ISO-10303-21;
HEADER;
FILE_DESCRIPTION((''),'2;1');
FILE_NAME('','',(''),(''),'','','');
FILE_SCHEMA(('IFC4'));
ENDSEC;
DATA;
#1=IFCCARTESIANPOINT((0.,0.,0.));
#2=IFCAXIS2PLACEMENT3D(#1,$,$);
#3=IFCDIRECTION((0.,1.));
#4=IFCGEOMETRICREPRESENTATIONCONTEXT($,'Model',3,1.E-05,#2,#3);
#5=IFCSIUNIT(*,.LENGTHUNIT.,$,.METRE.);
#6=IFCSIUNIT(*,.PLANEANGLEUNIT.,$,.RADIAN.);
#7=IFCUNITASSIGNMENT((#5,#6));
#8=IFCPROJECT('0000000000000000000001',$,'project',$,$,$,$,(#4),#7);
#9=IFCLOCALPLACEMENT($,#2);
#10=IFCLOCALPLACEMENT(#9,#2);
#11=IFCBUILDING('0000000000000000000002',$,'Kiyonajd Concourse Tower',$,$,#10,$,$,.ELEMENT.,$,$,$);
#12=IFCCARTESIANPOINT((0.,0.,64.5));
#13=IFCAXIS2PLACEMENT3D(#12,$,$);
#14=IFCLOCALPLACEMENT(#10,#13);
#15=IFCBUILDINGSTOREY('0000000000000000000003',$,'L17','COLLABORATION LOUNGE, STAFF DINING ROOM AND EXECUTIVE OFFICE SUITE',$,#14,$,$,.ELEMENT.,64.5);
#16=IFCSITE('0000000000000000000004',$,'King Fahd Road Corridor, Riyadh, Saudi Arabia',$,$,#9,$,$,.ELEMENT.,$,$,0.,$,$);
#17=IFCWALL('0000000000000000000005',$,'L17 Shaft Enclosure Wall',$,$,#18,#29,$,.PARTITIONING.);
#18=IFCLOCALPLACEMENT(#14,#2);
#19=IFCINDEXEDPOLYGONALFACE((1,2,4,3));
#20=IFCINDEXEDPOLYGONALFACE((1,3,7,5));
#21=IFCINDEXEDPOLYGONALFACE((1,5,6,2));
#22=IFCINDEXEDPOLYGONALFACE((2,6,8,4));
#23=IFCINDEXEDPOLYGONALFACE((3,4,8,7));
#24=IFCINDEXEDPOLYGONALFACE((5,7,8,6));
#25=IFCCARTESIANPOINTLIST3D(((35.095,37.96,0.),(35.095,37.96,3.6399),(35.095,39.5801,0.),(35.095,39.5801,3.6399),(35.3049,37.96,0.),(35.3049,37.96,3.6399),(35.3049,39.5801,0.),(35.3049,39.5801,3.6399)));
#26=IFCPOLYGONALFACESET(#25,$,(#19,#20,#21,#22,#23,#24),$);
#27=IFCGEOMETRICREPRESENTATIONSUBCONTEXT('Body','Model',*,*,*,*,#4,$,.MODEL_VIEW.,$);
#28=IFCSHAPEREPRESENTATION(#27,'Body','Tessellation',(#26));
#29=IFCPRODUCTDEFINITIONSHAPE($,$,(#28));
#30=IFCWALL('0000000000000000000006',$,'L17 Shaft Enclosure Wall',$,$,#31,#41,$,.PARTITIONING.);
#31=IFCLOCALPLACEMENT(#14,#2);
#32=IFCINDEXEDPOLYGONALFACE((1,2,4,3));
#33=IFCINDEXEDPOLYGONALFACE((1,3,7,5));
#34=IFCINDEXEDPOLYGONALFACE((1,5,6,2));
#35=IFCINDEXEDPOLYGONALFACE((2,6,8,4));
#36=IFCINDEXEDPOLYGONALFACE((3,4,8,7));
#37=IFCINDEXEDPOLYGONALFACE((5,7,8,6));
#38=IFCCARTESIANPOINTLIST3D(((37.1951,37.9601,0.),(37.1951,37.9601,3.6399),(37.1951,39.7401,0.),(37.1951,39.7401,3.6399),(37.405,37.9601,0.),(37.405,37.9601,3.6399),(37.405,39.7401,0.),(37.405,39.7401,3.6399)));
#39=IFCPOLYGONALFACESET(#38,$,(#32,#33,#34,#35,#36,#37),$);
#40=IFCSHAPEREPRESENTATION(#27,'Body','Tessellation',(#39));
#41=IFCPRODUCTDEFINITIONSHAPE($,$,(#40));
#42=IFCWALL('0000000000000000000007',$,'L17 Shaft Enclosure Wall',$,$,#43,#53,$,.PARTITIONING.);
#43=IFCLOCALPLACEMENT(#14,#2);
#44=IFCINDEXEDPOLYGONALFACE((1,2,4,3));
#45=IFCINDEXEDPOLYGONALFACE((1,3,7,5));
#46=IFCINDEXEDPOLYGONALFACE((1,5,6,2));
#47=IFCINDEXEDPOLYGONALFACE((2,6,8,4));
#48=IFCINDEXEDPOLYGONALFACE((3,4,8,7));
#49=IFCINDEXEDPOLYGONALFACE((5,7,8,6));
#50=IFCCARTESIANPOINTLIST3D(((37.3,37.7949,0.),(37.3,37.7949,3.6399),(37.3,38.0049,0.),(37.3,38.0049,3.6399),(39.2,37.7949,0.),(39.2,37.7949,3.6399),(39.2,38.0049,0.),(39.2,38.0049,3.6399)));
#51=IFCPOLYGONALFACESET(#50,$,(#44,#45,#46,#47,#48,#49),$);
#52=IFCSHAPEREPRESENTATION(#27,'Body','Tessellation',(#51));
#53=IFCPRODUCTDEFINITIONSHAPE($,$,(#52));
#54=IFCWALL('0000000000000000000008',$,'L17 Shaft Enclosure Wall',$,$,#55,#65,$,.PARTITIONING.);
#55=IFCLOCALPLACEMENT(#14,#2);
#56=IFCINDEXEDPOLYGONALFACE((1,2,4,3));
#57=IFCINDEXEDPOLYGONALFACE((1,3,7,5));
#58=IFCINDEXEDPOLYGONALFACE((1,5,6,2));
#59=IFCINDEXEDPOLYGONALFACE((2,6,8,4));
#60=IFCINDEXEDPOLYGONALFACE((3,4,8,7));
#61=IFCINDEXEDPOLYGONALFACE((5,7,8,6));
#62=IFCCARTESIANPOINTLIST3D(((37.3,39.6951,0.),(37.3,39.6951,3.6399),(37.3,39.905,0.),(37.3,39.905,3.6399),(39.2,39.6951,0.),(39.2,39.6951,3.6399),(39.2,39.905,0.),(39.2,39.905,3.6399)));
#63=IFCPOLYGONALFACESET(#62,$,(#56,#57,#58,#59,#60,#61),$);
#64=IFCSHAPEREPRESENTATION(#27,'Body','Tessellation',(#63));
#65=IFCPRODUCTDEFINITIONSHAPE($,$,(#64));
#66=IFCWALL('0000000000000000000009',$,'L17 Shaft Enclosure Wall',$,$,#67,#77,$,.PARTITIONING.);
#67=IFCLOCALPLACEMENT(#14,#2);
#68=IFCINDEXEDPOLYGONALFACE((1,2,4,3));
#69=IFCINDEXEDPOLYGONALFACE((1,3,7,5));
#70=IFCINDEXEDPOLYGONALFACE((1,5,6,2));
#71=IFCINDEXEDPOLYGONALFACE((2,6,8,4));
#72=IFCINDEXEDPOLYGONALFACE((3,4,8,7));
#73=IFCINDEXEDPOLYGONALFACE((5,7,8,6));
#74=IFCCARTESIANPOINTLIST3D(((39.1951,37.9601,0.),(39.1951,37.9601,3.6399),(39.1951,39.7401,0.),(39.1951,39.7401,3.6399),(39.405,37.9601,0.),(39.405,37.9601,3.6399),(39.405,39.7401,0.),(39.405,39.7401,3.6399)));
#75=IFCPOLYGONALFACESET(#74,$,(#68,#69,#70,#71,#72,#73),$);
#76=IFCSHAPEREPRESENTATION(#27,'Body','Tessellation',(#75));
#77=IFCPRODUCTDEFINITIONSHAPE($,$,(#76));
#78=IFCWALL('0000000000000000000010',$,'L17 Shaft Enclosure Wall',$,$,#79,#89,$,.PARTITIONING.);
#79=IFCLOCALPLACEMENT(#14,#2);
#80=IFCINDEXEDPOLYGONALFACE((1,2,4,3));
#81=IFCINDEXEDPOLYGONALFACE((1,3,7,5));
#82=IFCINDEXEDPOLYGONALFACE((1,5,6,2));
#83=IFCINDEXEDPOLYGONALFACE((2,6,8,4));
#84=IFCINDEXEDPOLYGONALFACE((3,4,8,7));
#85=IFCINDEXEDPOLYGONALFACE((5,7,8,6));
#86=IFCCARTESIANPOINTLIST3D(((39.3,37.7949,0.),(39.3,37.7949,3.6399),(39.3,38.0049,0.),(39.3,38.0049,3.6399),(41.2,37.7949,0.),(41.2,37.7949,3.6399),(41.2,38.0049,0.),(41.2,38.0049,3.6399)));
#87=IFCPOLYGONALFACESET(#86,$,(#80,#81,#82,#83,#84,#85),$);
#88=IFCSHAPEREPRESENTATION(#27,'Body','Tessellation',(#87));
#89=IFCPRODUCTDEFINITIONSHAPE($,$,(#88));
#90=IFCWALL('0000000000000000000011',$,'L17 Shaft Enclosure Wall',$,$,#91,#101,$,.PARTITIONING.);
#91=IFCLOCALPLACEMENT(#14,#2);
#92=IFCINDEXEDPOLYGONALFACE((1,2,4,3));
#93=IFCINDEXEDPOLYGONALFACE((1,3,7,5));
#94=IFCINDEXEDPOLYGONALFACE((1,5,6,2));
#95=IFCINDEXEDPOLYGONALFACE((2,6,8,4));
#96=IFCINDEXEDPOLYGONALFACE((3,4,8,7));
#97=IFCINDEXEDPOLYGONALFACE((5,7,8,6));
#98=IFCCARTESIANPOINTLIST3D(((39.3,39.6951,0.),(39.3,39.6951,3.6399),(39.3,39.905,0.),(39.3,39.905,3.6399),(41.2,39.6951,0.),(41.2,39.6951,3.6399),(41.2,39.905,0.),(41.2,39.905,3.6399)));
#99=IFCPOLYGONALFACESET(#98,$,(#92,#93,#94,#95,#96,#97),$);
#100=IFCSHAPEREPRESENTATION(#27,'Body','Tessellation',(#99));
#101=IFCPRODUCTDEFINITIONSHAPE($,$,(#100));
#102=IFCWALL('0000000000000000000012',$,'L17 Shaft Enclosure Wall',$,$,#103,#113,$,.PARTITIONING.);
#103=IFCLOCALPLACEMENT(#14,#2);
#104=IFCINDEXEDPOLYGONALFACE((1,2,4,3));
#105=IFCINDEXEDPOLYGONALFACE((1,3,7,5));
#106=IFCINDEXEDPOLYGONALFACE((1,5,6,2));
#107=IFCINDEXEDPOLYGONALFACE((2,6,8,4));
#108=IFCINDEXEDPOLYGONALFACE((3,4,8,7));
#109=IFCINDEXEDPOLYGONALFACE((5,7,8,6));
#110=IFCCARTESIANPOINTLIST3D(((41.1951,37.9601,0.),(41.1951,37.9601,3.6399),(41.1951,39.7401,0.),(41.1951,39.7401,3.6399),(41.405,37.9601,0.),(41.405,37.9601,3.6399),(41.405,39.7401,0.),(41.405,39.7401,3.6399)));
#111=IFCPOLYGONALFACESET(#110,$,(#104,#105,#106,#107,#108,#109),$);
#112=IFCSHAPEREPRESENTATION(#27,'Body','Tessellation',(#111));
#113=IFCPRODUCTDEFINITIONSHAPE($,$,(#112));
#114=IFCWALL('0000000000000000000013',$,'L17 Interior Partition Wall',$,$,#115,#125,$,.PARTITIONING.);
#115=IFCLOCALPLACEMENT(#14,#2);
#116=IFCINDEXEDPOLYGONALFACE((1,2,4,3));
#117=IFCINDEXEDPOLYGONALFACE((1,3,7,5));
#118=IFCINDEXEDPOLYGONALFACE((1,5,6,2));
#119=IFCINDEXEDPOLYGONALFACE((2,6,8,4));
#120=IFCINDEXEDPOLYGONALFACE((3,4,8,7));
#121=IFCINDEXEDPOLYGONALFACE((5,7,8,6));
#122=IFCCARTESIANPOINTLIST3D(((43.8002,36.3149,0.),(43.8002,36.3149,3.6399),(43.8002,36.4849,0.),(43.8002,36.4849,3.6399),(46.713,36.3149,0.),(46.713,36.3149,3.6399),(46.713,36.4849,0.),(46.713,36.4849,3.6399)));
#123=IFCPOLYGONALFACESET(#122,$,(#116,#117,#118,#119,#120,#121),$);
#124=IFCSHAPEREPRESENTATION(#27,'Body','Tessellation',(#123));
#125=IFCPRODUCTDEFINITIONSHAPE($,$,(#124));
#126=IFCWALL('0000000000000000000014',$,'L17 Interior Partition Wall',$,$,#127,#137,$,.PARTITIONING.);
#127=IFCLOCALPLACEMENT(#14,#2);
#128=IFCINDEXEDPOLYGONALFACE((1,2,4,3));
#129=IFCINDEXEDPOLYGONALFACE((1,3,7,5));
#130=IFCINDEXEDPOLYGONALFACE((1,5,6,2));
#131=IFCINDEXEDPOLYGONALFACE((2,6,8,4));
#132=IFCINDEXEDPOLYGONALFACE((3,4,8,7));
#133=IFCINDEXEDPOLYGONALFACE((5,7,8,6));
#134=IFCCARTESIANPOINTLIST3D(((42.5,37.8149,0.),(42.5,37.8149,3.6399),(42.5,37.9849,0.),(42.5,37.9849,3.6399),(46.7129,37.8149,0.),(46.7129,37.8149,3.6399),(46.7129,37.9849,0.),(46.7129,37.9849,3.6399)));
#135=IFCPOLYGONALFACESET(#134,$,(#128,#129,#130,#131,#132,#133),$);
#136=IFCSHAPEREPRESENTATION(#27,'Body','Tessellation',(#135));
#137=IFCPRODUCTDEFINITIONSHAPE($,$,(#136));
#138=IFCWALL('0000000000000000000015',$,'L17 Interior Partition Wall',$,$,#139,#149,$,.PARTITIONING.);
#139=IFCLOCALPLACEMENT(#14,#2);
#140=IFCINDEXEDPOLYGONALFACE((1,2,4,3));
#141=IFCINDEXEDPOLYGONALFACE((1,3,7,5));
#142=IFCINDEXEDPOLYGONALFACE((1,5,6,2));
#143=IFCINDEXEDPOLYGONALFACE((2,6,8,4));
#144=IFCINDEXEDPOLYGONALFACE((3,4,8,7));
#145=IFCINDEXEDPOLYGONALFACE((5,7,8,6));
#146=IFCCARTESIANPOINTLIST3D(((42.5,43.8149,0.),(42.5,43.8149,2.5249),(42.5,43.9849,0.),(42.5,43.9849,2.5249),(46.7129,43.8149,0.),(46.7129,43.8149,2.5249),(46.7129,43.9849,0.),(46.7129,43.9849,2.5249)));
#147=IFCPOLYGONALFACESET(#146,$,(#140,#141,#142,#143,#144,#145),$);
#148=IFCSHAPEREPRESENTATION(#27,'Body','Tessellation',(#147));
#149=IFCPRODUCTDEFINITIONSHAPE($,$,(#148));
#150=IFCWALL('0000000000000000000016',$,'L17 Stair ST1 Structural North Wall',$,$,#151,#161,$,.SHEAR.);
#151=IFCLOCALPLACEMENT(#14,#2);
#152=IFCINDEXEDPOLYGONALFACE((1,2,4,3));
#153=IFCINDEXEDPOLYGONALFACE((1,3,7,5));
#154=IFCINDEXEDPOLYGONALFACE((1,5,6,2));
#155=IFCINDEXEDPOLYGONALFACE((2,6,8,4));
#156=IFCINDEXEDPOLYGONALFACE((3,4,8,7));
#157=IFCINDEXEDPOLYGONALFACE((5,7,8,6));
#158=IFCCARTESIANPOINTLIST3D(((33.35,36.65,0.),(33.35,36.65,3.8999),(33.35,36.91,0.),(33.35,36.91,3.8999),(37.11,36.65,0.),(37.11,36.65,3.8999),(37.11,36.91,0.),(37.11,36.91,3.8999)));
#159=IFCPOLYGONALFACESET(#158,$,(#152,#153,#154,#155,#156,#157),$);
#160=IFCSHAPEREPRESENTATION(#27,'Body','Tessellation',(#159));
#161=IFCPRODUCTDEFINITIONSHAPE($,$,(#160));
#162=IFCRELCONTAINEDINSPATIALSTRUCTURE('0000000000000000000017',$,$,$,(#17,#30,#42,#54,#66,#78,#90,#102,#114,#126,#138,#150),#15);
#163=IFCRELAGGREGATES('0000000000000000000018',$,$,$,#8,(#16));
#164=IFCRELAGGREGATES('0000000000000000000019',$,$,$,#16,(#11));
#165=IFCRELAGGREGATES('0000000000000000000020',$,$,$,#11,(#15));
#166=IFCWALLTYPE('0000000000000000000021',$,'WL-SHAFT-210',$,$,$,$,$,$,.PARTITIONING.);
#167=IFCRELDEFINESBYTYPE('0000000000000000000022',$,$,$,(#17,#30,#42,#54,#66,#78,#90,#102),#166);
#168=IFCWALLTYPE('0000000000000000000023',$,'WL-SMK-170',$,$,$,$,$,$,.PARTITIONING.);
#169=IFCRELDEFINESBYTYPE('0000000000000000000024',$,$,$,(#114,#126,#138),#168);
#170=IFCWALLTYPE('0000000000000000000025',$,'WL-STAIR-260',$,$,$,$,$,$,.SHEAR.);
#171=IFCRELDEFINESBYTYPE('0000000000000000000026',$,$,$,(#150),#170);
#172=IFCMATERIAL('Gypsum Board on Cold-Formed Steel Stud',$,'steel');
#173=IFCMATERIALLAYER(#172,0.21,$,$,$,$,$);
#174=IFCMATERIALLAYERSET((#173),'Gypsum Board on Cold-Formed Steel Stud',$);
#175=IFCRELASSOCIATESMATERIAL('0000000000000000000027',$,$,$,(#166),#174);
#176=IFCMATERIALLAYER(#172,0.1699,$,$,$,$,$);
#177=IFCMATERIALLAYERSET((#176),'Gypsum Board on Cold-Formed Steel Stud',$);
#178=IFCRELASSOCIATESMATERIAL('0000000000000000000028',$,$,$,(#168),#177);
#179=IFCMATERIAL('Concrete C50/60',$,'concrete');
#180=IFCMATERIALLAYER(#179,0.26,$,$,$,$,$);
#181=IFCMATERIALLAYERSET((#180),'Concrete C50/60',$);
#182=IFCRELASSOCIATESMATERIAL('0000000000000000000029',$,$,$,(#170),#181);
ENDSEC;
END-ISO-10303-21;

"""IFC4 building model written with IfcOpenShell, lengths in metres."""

from ifc_helpers import new_model, si_unit, direction, frame, frame_2d, origin, place, context, subcontext, project, spatial, rectangle, extrude, material, layer, layer_set, type_object, element, save


model = new_model("IFC4")

# Units and contexts
model_context = context("Model", 3, precision=1e-05, world=origin(), true_north=direction((0.0, 1.0)))
body_context = subcontext(model_context, "Body", "Model", "MODEL_VIEW")
ifc_project = project(units=[si_unit("LENGTHUNIT", "METRE"), si_unit("PLANEANGLEUNIT", "RADIAN")], contexts=[model_context])

# Site, building, storey
site_placement = place(None, origin())
site = spatial("IfcSite", under=ifc_project, at=site_placement, Name="King Fahd Road Corridor, Riyadh, Saudi Arabia", CompositionType="ELEMENT", RefElevation=0.0)
building_placement = place(site_placement, origin())
building = spatial("IfcBuilding", under=site, at=building_placement, Name="Kiyonajd Concourse Tower", CompositionType="ELEMENT")
storey_placement = place(building_placement, frame((0.0, 0.0, 64.5)))
storey = spatial("IfcBuildingStorey", under=building, at=storey_placement, Name="L17", Description="COLLABORATION LOUNGE, STAFF DINING ROOM AND EXECUTIVE OFFICE SUITE", CompositionType="ELEMENT", Elevation=64.5)

# Walls
ifc_material_1 = material(Name="Gypsum Board on Cold-Formed Steel Stud", Category="steel")
ifc_layer_1 = layer(ifc_material_1, 0.21)
ifc_layer_set_1 = layer_set([ifc_layer_1], Name="Gypsum Board on Cold-Formed Steel Stud")
wall_type_1 = type_object("IfcWallType", Name="WL-SHAFT-210", PredefinedType="PARTITIONING", material=ifc_layer_set_1)
wall_1_placement = place(storey_placement, frame((35.2, 37.96, 0.0), z_axis=(0.0, 0.0, 1.0), x_axis=(0.0, 1.0, 0.0)))
element("IfcWall", 1, at=wall_1_placement, inside=storey, type_object=wall_type_1, Name="L17 Shaft Enclosure Wall", PredefinedType="PARTITIONING", context=body_context, shape_type="SweptSolid", body=[
    extrude(rectangle(XDim=1.6201, YDim=0.21, at=frame_2d((0.8101, 0.0))), origin(), (0.0, 0.0, 1.0), 3.6399),
])
wall_2_placement = place(storey_placement, frame((37.3, 37.96, 0.0), z_axis=(0.0, 0.0, 1.0), x_axis=(0.0, 1.0, 0.0)))
element("IfcWall", 2, at=wall_2_placement, inside=storey, type_object=wall_type_1, Name="L17 Shaft Enclosure Wall", PredefinedType="PARTITIONING", context=body_context, shape_type="SweptSolid", body=[
    extrude(rectangle(XDim=1.78, YDim=0.21, at=frame_2d((0.8901, 0.0))), origin(), (0.0, 0.0, 1.0), 3.6399),
])
for number, where, z_axis, x_axis, name in (
    (3, (37.3, 37.8999, 0.0), (0.0, 0.0, 1.0), (1.0, 0.0, 0.0), "L17 Shaft Enclosure Wall"),
    (4, (37.3, 39.8, 0.0), (0.0, 0.0, 1.0), (1.0, 0.0, 0.0), "L17 Shaft Enclosure Wall"),
):
    element("IfcWall", number, at=place(storey_placement, frame(where, z_axis=z_axis, x_axis=x_axis)), inside=storey, type_object=wall_type_1, Name=name, PredefinedType="PARTITIONING", context=body_context, shape_type="SweptSolid", body=[
        extrude(rectangle(XDim=1.8999, YDim=0.21, at=frame_2d((0.95, 0.0))), origin(), (0.0, 0.0, 1.0), 3.6399),
    ])
wall_3_placement = place(storey_placement, frame((39.3, 37.96, 0.0), z_axis=(0.0, 0.0, 1.0), x_axis=(0.0, 1.0, 0.0)))
element("IfcWall", 5, at=wall_3_placement, inside=storey, type_object=wall_type_1, Name="L17 Shaft Enclosure Wall", PredefinedType="PARTITIONING", context=body_context, shape_type="SweptSolid", body=[
    extrude(rectangle(XDim=1.78, YDim=0.21, at=frame_2d((0.8901, 0.0))), origin(), (0.0, 0.0, 1.0), 3.6399),
])
for number, where, z_axis, x_axis, name in (
    (6, (39.3, 37.8999, 0.0), (0.0, 0.0, 1.0), (1.0, 0.0, 0.0), "L17 Shaft Enclosure Wall"),
    (7, (39.3, 39.8, 0.0), (0.0, 0.0, 1.0), (1.0, 0.0, 0.0), "L17 Shaft Enclosure Wall"),
):
    element("IfcWall", number, at=place(storey_placement, frame(where, z_axis=z_axis, x_axis=x_axis)), inside=storey, type_object=wall_type_1, Name=name, PredefinedType="PARTITIONING", context=body_context, shape_type="SweptSolid", body=[
        extrude(rectangle(XDim=1.8999, YDim=0.21, at=frame_2d((0.95, 0.0))), origin(), (0.0, 0.0, 1.0), 3.6399),
    ])
wall_4_placement = place(storey_placement, frame((41.3, 37.96, 0.0), z_axis=(0.0, 0.0, 1.0), x_axis=(0.0, 1.0, 0.0)))
element("IfcWall", 8, at=wall_4_placement, inside=storey, type_object=wall_type_1, Name="L17 Shaft Enclosure Wall", PredefinedType="PARTITIONING", context=body_context, shape_type="SweptSolid", body=[
    extrude(rectangle(XDim=1.78, YDim=0.21, at=frame_2d((0.8901, 0.0))), origin(), (0.0, 0.0, 1.0), 3.6399),
])
ifc_layer_2 = layer(ifc_material_1, 0.1699)
ifc_layer_set_2 = layer_set([ifc_layer_2], Name="Gypsum Board on Cold-Formed Steel Stud")
wall_type_2 = type_object("IfcWallType", Name="WL-SMK-170", PredefinedType="PARTITIONING", material=ifc_layer_set_2)
wall_5_placement = place(storey_placement, frame((43.8, 36.3999, 0.0), z_axis=(0.0, 0.0, 1.0), x_axis=(1.0, 0.0, 0.0)))
element("IfcWall", 9, at=wall_5_placement, inside=storey, type_object=wall_type_2, Name="L17 Interior Partition Wall", PredefinedType="PARTITIONING", context=body_context, shape_type="SweptSolid", body=[
    extrude(rectangle(XDim=2.9128, YDim=0.1699, at=frame_2d((1.4565, 0.0))), origin(), (0.0, 0.0, 1.0), 3.6399),
])
wall_6_placement = place(storey_placement, frame((42.5, 37.8999, 0.0), z_axis=(0.0, 0.0, 1.0), x_axis=(1.0, 0.0, 0.0)))
element("IfcWall", 10, at=wall_6_placement, inside=storey, type_object=wall_type_2, Name="L17 Interior Partition Wall", PredefinedType="PARTITIONING", context=body_context, shape_type="SweptSolid", body=[
    extrude(rectangle(XDim=4.2129, YDim=0.1699, at=frame_2d((2.1064, 0.0))), origin(), (0.0, 0.0, 1.0), 3.6399),
])
wall_7_placement = place(storey_placement, frame((42.5, 43.8999, 0.0), z_axis=(0.0, 0.0, 1.0), x_axis=(1.0, 0.0, 0.0)))
element("IfcWall", 11, at=wall_7_placement, inside=storey, type_object=wall_type_2, Name="L17 Interior Partition Wall", PredefinedType="PARTITIONING", context=body_context, shape_type="SweptSolid", body=[
    extrude(rectangle(XDim=4.2129, YDim=0.1699, at=frame_2d((2.1064, 0.0))), origin(), (0.0, 0.0, 1.0), 2.5249),
])
ifc_material_2 = material(Name="Concrete C50/60", Category="concrete")
ifc_layer_3 = layer(ifc_material_2, 0.26)
ifc_layer_set_3 = layer_set([ifc_layer_3], Name="Concrete C50/60")
wall_type_3 = type_object("IfcWallType", Name="WL-STAIR-260", PredefinedType="SHEAR", material=ifc_layer_set_3)
wall_8_placement = place(storey_placement, frame((33.3501, 36.78, 0.0), z_axis=(0.0, 0.0, 1.0), x_axis=(1.0, 0.0, 0.0)))
element("IfcWall", 12, at=wall_8_placement, inside=storey, type_object=wall_type_3, Name="L17 Stair ST1 Structural North Wall", PredefinedType="SHEAR", context=body_context, shape_type="SweptSolid", body=[
    extrude(rectangle(XDim=3.76, YDim=0.26, at=frame_2d((1.8799, 0.0))), origin(), (0.0, 0.0, 1.0), 3.8999),
])

save(model, "model.ifc")
